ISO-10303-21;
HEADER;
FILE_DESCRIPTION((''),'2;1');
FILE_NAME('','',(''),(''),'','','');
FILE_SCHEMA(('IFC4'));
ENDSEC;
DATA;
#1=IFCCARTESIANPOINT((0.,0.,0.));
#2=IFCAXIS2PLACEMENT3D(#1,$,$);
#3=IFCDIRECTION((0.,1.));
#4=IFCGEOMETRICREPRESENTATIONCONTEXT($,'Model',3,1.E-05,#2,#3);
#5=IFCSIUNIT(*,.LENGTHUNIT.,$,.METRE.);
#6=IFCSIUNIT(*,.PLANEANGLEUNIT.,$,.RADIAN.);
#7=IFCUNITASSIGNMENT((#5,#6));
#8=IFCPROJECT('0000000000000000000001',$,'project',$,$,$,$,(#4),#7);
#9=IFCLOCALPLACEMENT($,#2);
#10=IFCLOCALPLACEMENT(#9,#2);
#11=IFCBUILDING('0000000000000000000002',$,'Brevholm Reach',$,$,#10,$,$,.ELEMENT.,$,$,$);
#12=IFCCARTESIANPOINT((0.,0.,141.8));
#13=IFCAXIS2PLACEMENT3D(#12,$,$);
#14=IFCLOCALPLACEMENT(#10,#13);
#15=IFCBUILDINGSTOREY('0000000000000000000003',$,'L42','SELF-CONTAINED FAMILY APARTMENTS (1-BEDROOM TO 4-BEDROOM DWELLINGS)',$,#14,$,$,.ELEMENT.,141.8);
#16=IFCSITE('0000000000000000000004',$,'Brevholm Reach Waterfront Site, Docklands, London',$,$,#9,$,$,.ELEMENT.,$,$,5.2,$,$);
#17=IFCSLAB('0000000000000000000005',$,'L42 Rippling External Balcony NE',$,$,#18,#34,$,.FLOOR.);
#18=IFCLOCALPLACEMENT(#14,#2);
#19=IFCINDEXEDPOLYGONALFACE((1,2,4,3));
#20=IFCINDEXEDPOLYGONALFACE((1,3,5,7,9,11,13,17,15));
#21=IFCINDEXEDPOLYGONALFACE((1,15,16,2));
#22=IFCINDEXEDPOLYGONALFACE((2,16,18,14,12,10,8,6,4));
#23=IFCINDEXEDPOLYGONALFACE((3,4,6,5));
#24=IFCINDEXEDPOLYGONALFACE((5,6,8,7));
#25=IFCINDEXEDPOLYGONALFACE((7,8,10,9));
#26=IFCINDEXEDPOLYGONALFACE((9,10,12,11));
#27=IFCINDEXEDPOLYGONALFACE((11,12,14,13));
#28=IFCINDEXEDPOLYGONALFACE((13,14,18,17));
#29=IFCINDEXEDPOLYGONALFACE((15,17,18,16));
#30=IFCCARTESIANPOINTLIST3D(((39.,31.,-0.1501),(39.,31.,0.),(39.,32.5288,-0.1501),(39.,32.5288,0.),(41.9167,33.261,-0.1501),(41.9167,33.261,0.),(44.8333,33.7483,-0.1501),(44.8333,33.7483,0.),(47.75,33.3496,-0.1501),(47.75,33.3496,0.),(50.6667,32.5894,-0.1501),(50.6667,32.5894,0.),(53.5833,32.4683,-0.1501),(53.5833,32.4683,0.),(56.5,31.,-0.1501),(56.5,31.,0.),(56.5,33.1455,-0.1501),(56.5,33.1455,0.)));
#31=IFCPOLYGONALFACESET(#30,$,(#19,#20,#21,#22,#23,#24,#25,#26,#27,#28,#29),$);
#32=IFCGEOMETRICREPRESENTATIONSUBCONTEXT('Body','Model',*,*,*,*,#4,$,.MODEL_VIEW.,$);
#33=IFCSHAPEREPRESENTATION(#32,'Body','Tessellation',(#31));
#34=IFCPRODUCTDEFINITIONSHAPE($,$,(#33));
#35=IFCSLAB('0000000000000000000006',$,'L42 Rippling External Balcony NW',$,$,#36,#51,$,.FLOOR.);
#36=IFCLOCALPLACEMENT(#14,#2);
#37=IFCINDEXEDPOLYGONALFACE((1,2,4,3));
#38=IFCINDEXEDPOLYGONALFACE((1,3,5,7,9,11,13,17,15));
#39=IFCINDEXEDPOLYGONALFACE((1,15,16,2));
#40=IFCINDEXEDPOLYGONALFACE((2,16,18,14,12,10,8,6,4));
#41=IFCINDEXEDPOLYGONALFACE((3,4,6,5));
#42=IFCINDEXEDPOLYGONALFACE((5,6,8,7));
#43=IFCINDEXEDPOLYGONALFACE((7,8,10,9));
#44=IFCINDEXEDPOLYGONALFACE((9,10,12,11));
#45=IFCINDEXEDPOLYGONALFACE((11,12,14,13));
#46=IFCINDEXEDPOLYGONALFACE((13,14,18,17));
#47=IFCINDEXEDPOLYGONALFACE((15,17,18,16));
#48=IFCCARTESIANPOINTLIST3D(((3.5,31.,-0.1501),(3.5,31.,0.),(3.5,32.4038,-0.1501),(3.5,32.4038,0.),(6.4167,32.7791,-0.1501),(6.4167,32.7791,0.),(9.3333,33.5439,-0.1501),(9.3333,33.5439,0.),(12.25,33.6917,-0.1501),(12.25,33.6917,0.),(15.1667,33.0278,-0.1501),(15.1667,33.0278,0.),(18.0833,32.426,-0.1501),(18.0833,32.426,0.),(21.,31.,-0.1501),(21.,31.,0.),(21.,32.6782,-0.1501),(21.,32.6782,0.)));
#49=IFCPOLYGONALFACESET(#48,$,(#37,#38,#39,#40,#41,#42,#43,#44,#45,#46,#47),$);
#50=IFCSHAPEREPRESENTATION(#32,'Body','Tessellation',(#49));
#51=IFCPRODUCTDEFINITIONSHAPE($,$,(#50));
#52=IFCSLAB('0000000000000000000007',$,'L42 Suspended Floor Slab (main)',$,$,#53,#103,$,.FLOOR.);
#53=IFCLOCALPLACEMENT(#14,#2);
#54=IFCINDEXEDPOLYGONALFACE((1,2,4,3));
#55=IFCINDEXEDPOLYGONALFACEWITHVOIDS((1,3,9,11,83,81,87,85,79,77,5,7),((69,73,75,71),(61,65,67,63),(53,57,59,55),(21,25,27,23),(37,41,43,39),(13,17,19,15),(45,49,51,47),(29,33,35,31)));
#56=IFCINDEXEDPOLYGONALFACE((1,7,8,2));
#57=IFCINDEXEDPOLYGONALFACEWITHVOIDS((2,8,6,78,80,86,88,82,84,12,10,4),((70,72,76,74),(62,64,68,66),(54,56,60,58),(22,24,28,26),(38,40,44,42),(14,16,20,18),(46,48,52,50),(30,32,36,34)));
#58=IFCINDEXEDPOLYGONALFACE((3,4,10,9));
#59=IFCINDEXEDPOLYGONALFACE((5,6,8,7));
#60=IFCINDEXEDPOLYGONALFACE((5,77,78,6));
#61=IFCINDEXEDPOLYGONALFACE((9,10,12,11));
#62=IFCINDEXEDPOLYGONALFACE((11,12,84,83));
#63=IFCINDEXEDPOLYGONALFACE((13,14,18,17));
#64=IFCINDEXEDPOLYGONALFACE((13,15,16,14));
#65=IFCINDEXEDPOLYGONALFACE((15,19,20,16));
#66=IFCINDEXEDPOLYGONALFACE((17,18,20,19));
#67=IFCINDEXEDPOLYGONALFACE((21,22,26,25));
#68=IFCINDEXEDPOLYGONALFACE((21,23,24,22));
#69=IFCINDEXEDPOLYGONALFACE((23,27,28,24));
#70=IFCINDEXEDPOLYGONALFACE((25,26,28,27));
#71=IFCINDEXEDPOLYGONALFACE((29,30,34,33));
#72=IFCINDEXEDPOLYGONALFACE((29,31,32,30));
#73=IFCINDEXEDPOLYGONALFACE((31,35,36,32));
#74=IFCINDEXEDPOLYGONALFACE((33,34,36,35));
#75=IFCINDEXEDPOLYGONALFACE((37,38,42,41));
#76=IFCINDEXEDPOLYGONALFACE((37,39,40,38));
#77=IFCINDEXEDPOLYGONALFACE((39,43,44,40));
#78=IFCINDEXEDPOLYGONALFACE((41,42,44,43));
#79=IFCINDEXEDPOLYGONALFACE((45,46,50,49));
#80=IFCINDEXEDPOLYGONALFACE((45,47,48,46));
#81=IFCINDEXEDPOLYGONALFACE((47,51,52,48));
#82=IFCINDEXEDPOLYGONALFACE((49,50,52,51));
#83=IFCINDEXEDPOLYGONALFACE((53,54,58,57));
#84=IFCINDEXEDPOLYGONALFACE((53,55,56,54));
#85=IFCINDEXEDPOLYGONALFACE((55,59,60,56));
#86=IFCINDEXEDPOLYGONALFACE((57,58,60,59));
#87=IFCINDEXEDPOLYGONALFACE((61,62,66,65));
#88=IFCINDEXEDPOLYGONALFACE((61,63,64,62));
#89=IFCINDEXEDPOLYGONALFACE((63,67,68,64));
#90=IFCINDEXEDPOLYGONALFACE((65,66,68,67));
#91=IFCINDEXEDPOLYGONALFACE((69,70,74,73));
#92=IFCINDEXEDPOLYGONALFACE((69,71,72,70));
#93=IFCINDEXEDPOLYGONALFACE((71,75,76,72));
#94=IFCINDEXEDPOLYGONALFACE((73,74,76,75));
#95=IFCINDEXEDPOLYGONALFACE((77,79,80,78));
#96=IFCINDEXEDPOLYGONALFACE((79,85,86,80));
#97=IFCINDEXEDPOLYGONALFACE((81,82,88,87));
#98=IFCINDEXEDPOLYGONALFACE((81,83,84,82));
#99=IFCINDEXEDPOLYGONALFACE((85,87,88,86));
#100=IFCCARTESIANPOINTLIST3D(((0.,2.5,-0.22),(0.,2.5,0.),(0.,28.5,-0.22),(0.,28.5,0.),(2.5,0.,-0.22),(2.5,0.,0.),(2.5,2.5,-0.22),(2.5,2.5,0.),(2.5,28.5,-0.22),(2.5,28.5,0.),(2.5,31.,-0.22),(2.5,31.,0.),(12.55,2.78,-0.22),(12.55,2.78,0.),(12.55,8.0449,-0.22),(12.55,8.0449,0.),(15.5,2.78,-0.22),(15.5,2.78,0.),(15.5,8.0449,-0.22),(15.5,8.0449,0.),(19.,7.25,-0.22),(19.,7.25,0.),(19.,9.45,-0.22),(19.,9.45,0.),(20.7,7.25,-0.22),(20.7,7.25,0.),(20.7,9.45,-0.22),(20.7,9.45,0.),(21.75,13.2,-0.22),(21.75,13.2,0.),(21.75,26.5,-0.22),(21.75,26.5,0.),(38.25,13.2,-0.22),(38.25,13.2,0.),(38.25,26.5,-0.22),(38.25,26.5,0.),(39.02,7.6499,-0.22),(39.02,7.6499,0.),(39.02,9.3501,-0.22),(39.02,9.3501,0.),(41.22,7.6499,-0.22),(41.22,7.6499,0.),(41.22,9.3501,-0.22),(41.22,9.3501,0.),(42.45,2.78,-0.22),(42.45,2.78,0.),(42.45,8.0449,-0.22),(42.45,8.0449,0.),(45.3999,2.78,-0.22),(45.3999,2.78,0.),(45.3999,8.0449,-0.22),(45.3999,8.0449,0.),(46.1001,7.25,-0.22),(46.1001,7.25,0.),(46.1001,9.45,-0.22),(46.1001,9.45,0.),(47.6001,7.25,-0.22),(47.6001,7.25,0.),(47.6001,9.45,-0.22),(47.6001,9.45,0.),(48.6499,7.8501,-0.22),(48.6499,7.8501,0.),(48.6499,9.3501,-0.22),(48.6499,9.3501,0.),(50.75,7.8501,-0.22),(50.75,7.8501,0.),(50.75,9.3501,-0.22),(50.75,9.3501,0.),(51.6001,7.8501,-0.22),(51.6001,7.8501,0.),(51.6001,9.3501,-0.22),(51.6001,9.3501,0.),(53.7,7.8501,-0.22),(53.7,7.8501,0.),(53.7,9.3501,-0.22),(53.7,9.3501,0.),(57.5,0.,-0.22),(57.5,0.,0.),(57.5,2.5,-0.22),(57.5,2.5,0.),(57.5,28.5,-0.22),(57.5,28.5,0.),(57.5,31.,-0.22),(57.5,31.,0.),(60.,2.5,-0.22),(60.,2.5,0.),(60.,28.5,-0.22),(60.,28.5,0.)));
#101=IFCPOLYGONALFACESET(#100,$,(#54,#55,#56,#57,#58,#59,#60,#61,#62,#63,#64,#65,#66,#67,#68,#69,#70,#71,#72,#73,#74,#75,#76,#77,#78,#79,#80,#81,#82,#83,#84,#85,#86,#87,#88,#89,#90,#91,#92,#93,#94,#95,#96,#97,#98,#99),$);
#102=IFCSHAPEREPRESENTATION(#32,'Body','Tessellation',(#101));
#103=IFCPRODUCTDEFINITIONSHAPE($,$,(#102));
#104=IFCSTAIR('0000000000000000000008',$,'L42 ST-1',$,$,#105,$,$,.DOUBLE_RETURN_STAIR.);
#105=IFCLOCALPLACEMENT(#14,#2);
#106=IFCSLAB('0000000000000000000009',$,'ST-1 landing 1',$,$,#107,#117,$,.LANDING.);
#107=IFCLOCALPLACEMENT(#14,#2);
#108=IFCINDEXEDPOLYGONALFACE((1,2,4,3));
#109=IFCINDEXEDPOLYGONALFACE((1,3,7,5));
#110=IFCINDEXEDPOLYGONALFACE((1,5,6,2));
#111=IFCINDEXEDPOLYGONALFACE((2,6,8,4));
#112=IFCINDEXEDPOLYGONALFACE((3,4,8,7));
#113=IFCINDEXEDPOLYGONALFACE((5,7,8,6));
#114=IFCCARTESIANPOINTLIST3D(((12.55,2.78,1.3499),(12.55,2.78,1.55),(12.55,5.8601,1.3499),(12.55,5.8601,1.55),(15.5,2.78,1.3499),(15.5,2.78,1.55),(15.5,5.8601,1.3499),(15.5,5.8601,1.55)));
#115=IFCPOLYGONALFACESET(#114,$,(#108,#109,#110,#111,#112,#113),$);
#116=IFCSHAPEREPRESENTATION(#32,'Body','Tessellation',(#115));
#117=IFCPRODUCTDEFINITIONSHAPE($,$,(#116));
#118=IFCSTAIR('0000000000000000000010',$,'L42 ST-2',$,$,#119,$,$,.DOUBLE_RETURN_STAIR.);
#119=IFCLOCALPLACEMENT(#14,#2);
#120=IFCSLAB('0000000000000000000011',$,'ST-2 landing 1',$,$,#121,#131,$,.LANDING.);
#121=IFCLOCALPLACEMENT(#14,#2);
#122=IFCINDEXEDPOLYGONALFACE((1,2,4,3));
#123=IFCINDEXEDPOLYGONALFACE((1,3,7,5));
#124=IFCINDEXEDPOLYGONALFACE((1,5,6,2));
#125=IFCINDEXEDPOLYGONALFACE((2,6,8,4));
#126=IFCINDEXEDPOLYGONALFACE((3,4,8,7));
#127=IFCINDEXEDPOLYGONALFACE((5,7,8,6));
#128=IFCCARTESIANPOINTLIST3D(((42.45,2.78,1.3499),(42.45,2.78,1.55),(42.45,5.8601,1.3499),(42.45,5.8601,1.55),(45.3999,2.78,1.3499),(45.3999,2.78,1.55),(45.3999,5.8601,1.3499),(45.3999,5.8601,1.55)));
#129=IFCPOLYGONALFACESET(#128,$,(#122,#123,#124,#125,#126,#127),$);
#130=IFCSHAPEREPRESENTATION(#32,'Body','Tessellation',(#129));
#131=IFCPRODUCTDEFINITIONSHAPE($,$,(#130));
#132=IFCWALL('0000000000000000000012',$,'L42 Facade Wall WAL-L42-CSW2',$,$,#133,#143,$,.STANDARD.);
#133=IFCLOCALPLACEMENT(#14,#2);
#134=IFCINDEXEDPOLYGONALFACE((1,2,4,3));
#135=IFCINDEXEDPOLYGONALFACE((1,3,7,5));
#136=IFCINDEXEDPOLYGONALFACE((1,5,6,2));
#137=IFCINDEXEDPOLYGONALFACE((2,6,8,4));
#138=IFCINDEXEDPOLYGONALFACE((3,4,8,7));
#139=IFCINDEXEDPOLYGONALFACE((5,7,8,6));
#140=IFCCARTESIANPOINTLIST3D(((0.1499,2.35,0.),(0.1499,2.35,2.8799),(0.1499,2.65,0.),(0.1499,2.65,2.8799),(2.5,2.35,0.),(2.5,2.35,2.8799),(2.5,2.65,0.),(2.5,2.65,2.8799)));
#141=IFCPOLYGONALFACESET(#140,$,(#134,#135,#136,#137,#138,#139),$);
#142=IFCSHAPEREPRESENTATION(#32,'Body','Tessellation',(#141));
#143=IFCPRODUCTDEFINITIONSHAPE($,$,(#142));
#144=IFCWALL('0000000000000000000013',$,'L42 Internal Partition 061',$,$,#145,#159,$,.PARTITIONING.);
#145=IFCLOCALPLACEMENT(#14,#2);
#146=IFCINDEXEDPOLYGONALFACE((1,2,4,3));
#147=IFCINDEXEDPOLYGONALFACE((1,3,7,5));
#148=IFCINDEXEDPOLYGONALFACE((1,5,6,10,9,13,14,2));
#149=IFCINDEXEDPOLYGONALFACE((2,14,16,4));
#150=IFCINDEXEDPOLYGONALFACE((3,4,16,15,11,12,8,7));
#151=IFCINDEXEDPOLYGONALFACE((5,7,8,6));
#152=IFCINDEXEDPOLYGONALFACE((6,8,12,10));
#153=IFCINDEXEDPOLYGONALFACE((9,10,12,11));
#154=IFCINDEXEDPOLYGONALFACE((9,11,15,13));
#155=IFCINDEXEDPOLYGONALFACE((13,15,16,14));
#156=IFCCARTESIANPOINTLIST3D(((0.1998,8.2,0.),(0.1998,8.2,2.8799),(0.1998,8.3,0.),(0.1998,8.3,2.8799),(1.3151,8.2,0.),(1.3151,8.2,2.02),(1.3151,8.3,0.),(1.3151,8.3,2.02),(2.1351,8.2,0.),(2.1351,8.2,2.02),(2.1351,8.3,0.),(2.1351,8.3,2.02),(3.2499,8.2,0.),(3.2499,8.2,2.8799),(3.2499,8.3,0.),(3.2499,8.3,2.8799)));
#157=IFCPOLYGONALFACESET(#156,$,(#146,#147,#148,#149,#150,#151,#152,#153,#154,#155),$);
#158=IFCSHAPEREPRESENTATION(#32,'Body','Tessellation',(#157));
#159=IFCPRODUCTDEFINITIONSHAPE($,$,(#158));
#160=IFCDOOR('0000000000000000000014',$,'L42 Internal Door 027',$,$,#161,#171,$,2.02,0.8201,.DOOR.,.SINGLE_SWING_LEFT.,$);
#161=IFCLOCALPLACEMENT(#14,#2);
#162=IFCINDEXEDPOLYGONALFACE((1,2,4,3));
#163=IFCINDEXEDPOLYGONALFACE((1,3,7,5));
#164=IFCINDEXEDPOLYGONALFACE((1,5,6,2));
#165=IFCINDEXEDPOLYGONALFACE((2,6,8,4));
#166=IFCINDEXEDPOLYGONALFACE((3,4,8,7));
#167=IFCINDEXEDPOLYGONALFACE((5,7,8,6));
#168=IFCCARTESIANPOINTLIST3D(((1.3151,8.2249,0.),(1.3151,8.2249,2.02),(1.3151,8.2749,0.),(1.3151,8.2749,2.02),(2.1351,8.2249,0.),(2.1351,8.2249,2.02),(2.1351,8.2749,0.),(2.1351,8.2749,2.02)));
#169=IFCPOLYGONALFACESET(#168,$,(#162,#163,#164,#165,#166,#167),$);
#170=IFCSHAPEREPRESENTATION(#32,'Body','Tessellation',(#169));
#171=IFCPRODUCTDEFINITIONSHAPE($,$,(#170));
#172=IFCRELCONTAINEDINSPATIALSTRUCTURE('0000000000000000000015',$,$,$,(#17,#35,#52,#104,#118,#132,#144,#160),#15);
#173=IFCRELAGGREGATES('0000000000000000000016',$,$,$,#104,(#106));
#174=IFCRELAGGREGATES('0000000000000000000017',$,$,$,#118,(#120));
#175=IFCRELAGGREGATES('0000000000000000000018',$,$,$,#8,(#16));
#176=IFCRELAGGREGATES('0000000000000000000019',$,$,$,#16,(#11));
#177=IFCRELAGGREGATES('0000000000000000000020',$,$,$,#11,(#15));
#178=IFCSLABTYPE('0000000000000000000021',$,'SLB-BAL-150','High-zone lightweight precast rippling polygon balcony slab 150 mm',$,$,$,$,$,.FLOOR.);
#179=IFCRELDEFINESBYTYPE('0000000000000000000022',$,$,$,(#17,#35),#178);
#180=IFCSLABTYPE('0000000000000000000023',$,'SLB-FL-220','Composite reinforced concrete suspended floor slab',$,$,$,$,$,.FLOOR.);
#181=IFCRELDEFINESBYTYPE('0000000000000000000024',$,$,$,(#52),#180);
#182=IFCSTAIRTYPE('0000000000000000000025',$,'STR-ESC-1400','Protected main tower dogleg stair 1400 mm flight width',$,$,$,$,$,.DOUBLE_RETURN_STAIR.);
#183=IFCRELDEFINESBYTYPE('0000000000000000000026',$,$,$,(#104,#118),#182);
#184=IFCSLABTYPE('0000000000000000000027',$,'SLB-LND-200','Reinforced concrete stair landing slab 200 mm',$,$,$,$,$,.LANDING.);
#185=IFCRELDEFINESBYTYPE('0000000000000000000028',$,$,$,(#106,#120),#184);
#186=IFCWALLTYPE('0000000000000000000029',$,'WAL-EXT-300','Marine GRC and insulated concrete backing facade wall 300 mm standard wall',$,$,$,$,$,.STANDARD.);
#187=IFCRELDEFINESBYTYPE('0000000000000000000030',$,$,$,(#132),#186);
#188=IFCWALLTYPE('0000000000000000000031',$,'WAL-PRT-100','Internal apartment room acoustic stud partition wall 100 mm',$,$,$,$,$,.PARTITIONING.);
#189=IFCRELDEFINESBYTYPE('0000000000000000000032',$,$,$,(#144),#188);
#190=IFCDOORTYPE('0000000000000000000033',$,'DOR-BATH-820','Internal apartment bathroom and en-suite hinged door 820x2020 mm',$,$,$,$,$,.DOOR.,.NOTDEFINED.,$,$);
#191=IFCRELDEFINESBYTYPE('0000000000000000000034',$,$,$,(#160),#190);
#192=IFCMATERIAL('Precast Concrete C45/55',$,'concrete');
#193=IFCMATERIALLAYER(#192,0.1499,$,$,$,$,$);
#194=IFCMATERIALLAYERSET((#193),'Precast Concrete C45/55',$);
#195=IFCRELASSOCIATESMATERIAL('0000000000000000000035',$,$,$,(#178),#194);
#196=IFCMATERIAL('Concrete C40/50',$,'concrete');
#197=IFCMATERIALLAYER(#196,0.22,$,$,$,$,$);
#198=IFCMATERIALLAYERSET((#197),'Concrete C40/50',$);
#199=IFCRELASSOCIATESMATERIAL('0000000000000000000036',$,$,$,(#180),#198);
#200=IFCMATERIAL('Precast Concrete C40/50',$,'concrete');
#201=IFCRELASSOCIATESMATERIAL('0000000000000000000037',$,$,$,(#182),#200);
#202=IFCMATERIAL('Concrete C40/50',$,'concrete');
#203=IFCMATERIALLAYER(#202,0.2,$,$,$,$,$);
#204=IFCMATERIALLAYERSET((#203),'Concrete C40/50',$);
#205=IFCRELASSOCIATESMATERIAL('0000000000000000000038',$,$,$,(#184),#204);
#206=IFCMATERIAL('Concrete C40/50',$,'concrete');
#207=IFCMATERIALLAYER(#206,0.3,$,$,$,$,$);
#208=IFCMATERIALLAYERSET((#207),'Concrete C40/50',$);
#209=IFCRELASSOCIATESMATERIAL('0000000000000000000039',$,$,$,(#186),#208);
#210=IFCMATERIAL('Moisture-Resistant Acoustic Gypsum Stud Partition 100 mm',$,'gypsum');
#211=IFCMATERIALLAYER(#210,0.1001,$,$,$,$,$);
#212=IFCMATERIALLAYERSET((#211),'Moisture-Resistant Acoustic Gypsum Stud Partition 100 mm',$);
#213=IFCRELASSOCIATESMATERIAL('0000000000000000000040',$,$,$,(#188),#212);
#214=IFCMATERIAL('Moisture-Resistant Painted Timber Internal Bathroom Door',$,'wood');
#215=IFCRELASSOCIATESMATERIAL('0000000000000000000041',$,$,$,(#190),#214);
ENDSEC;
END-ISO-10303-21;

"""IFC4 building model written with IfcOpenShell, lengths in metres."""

from ifc_helpers import new_model, si_unit, direction, frame, frame_2d, origin, place, context, subcontext, project, spatial, polyline, rectangle, outline, extrude, material, layer, layer_set, type_object, element, fill, aggregate, save


model = new_model("IFC4")

# Units and contexts
model_context = context("Model", 3, precision=1e-05, world=origin(), true_north=direction((0.0, 1.0)))
body_context = subcontext(model_context, "Body", "Model", "MODEL_VIEW")
ifc_project = project(units=[si_unit("LENGTHUNIT", "METRE"), si_unit("PLANEANGLEUNIT", "RADIAN")], contexts=[model_context])

# Site, building, storey
site_placement = place(None, origin())
site = spatial("IfcSite", under=ifc_project, at=site_placement, Name="Brevholm Reach Waterfront Site, Docklands, London", CompositionType="ELEMENT", RefElevation=5.2)
building_placement = place(site_placement, origin())
building = spatial("IfcBuilding", under=site, at=building_placement, Name="Brevholm Reach", CompositionType="ELEMENT")
storey_placement = place(building_placement, frame((0.0, 0.0, 141.8)))
storey = spatial("IfcBuildingStorey", under=building, at=storey_placement, Name="L42", Description="SELF-CONTAINED FAMILY APARTMENTS (1-BEDROOM TO 4-BEDROOM DWELLINGS)", CompositionType="ELEMENT", Elevation=141.8)

# Slabs
ifc_material_1 = material(Name="Precast Concrete C45/55", Category="concrete")
ifc_layer_1 = layer(ifc_material_1, 0.1499)
ifc_layer_set_1 = layer_set([ifc_layer_1], Name="Precast Concrete C45/55")
slab_type_1 = type_object("IfcSlabType", Name="SLB-BAL-150", Description="High-zone lightweight precast rippling polygon balcony slab 150 mm", PredefinedType="FLOOR", material=ifc_layer_set_1)
slab_1_placement = place(storey_placement, frame((0.0, 0.0, -0.1501)))
element("IfcSlab", 1, at=slab_1_placement, inside=storey, type_object=slab_type_1, Name="L42 Rippling External Balcony NE", PredefinedType="FLOOR", context=body_context, shape_type="SweptSolid", body=[
    extrude(outline(polyline([(39.0, 31.0), (56.5, 31.0), (56.5, 33.1455), (53.5833, 32.4683), (50.6667, 32.5894), (47.75, 33.3496), (44.8333, 33.7483), (41.9167, 33.261), (39.0, 32.5288), (39.0, 31.0)])), origin(), (0.0, 0.0, 1.0), 0.1501),
])
slab_2_placement = place(storey_placement, frame((0.0, 0.0, -0.1501)))
element("IfcSlab", 2, at=slab_2_placement, inside=storey, type_object=slab_type_1, Name="L42 Rippling External Balcony NW", PredefinedType="FLOOR", context=body_context, shape_type="SweptSolid", body=[
    extrude(outline(polyline([(3.5, 31.0), (21.0, 31.0), (21.0, 32.6782), (18.0833, 32.426), (15.1667, 33.0278), (12.25, 33.6917), (9.3333, 33.5439), (6.4167, 32.7791), (3.5, 32.4038), (3.5, 31.0)])), origin(), (0.0, 0.0, 1.0), 0.1501),
])
ifc_material_2 = material(Name="Concrete C40/50", Category="concrete")
ifc_layer_2 = layer(ifc_material_2, 0.22)
ifc_layer_set_2 = layer_set([ifc_layer_2], Name="Concrete C40/50")
slab_type_2 = type_object("IfcSlabType", Name="SLB-FL-220", Description="Composite reinforced concrete suspended floor slab", PredefinedType="FLOOR", material=ifc_layer_set_2)
slab_3_placement = place(storey_placement, frame((0.0, 0.0, -0.22)))
element("IfcSlab", 3, at=slab_3_placement, inside=storey, type_object=slab_type_2, Name="L42 Suspended Floor Slab (main)", PredefinedType="FLOOR", context=body_context, shape_type="SweptSolid", body=[
    extrude(outline(polyline([(2.5, 0.0), (57.5, 0.0), (57.5, 2.5), (60.0, 2.5), (60.0, 28.5), (57.5, 28.5), (57.5, 31.0), (2.5, 31.0), (2.5, 28.5), (0.0, 28.5), (0.0, 2.5), (2.5, 2.5), (2.5, 0.0)]), holes=[polyline([(21.75, 13.2), (38.25, 13.2), (38.25, 26.5), (21.75, 26.5), (21.75, 13.2)]), polyline([(12.55, 2.78), (15.5, 2.78), (15.5, 8.0449), (12.55, 8.0449), (12.55, 2.78)]), polyline([(42.45, 2.78), (45.3999, 2.78), (45.3999, 8.0449), (42.45, 8.0449), (42.45, 2.78)]), polyline([(19.0, 7.25), (20.7, 7.25), (20.7, 9.45), (19.0, 9.45), (19.0, 7.25)]), polyline([(46.1001, 7.25), (47.6001, 7.25), (47.6001, 9.45), (46.1001, 9.45), (46.1001, 7.25)]), polyline([(39.02, 7.6499), (41.22, 7.6499), (41.22, 9.3501), (39.02, 9.3501), (39.02, 7.6499)]), polyline([(48.6499, 7.8501), (50.75, 7.8501), (50.75, 9.3501), (48.6499, 9.3501), (48.6499, 7.8501)]), polyline([(51.6001, 7.8501), (53.7, 7.8501), (53.7, 9.3501), (51.6001, 9.3501), (51.6001, 7.8501)])]), origin(), (0.0, 0.0, 1.0), 0.22),
])

# Stairs, slabs
ifc_material_3 = material(Name="Precast Concrete C40/50", Category="concrete")
stair_type = type_object("IfcStairType", Name="STR-ESC-1400", Description="Protected main tower dogleg stair 1400 mm flight width", PredefinedType="DOUBLE_RETURN_STAIR", material=ifc_material_3)
stair_1_placement = place(storey_placement, origin())
stair_1 = element("IfcStair", 4, at=stair_1_placement, inside=storey, type_object=stair_type, Name="L42 ST-1", PredefinedType="DOUBLE_RETURN_STAIR")
ifc_material_4 = material(Name="Concrete C40/50", Category="concrete")
ifc_layer_3 = layer(ifc_material_4, 0.2)
ifc_layer_set_3 = layer_set([ifc_layer_3], Name="Concrete C40/50")
slab_type_3 = type_object("IfcSlabType", Name="SLB-LND-200", Description="Reinforced concrete stair landing slab 200 mm", PredefinedType="LANDING", material=ifc_layer_set_3)
slab_4_placement = place(storey_placement, frame((0.0, 0.0, 1.3499)))
slab_4 = element("IfcSlab", 5, at=slab_4_placement, type_object=slab_type_3, Name="ST-1 landing 1", PredefinedType="LANDING", context=body_context, shape_type="SweptSolid", body=[
    extrude(outline(polyline([(12.55, 5.8601), (12.55, 2.78), (15.5, 2.78), (15.5, 5.8601), (12.55, 5.8601)])), origin(), (0.0, 0.0, 1.0), 0.2002),
])
aggregate(stair_1, [slab_4])
stair_2_placement = place(storey_placement, origin())
stair_2 = element("IfcStair", 6, at=stair_2_placement, inside=storey, type_object=stair_type, Name="L42 ST-2", PredefinedType="DOUBLE_RETURN_STAIR")
slab_5_placement = place(storey_placement, frame((0.0, 0.0, 1.3499)))
slab_5 = element("IfcSlab", 7, at=slab_5_placement, type_object=slab_type_3, Name="ST-2 landing 1", PredefinedType="LANDING", context=body_context, shape_type="SweptSolid", body=[
    extrude(outline(polyline([(42.45, 5.8601), (42.45, 2.78), (45.3999, 2.78), (45.3999, 5.8601), (42.45, 5.8601)])), origin(), (0.0, 0.0, 1.0), 0.2002),
])
aggregate(stair_2, [slab_5])

# Wall
ifc_material_5 = material(Name="Concrete C40/50", Category="concrete")
ifc_layer_4 = layer(ifc_material_5, 0.3)
ifc_layer_set_4 = layer_set([ifc_layer_4], Name="Concrete C40/50")
wall_type_1 = type_object("IfcWallType", Name="WAL-EXT-300", Description="Marine GRC and insulated concrete backing facade wall 300 mm standard wall", PredefinedType="STANDARD", material=ifc_layer_set_4)
wall_1_placement = place(storey_placement, frame((0.1499, 2.5, 0.0), z_axis=(0.0, 0.0, 1.0), x_axis=(1.0, 0.0, 0.0)))
element("IfcWall", 8, at=wall_1_placement, inside=storey, type_object=wall_type_1, Name="L42 Facade Wall WAL-L42-CSW2", PredefinedType="STANDARD", context=body_context, shape_type="SweptSolid", body=[
    extrude(rectangle(XDim=2.3501, YDim=0.3, at=frame_2d((1.175, 0.0))), origin(), (0.0, 0.0, 1.0), 2.8799),
])

# Wall, opening, door
ifc_material_6 = material(Name="Moisture-Resistant Acoustic Gypsum Stud Partition 100 mm", Category="gypsum")
ifc_layer_5 = layer(ifc_material_6, 0.1001)
ifc_layer_set_5 = layer_set([ifc_layer_5], Name="Moisture-Resistant Acoustic Gypsum Stud Partition 100 mm")
wall_type_2 = type_object("IfcWallType", Name="WAL-PRT-100", Description="Internal apartment room acoustic stud partition wall 100 mm", PredefinedType="PARTITIONING", material=ifc_layer_set_5)
wall_2_placement = place(storey_placement, frame((0.2, 8.25, 0.0), z_axis=(0.0, 0.0, 1.0), x_axis=(1.0, 0.0, 0.0)))
wall_2 = element("IfcWall", 9, at=wall_2_placement, inside=storey, type_object=wall_type_2, Name="L42 Internal Partition 061", PredefinedType="PARTITIONING", context=body_context, shape_type="SweptSolid", body=[
    extrude(rectangle(XDim=3.05, YDim=0.1001, at=frame_2d((1.5249, 0.0))), origin(), (0.0, 0.0, 1.0), 2.8799),
])
opening_placement = place(wall_2_placement, frame((1.115, 0.0, 0.0)))
opening = element("IfcOpeningElement", 10, at=opening_placement, cuts=wall_2, PredefinedType="OPENING", context=body_context, shape_type="SweptSolid", body=[
    extrude(rectangle(XDim=0.8201, YDim=2.02, at=frame_2d((0.4102, 1.01))), frame((0.0, 0.0601, 0.0), z_axis=(0.0, -1.0, 0.0), x_axis=(1.0, 0.0, 0.0)), (0.0, 0.0, 1.0), 0.1201),
])
ifc_material_7 = material(Name="Moisture-Resistant Painted Timber Internal Bathroom Door", Category="wood")
door_type = type_object("IfcDoorType", Name="DOR-BATH-820", Description="Internal apartment bathroom and en-suite hinged door 820x2020 mm", OperationType="NOTDEFINED", PredefinedType="DOOR", material=ifc_material_7)
door_placement = place(opening_placement, origin())
door = element("IfcDoor", 11, at=door_placement, inside=storey, type_object=door_type, Name="L42 Internal Door 027", OperationType="SINGLE_SWING_LEFT", OverallHeight=2.02, OverallWidth=0.8201, PredefinedType="DOOR", context=body_context, shape_type="SweptSolid", body=[
    extrude(rectangle(XDim=0.8201, YDim=2.02, at=frame_2d((0.4102, 1.01))), frame((0.0, 0.0249, 0.0), z_axis=(0.0, -1.0, 0.0), x_axis=(1.0, 0.0, 0.0)), (0.0, 0.0, 1.0), 0.05),
])
fill(opening, door)

save(model, "model.ifc")
